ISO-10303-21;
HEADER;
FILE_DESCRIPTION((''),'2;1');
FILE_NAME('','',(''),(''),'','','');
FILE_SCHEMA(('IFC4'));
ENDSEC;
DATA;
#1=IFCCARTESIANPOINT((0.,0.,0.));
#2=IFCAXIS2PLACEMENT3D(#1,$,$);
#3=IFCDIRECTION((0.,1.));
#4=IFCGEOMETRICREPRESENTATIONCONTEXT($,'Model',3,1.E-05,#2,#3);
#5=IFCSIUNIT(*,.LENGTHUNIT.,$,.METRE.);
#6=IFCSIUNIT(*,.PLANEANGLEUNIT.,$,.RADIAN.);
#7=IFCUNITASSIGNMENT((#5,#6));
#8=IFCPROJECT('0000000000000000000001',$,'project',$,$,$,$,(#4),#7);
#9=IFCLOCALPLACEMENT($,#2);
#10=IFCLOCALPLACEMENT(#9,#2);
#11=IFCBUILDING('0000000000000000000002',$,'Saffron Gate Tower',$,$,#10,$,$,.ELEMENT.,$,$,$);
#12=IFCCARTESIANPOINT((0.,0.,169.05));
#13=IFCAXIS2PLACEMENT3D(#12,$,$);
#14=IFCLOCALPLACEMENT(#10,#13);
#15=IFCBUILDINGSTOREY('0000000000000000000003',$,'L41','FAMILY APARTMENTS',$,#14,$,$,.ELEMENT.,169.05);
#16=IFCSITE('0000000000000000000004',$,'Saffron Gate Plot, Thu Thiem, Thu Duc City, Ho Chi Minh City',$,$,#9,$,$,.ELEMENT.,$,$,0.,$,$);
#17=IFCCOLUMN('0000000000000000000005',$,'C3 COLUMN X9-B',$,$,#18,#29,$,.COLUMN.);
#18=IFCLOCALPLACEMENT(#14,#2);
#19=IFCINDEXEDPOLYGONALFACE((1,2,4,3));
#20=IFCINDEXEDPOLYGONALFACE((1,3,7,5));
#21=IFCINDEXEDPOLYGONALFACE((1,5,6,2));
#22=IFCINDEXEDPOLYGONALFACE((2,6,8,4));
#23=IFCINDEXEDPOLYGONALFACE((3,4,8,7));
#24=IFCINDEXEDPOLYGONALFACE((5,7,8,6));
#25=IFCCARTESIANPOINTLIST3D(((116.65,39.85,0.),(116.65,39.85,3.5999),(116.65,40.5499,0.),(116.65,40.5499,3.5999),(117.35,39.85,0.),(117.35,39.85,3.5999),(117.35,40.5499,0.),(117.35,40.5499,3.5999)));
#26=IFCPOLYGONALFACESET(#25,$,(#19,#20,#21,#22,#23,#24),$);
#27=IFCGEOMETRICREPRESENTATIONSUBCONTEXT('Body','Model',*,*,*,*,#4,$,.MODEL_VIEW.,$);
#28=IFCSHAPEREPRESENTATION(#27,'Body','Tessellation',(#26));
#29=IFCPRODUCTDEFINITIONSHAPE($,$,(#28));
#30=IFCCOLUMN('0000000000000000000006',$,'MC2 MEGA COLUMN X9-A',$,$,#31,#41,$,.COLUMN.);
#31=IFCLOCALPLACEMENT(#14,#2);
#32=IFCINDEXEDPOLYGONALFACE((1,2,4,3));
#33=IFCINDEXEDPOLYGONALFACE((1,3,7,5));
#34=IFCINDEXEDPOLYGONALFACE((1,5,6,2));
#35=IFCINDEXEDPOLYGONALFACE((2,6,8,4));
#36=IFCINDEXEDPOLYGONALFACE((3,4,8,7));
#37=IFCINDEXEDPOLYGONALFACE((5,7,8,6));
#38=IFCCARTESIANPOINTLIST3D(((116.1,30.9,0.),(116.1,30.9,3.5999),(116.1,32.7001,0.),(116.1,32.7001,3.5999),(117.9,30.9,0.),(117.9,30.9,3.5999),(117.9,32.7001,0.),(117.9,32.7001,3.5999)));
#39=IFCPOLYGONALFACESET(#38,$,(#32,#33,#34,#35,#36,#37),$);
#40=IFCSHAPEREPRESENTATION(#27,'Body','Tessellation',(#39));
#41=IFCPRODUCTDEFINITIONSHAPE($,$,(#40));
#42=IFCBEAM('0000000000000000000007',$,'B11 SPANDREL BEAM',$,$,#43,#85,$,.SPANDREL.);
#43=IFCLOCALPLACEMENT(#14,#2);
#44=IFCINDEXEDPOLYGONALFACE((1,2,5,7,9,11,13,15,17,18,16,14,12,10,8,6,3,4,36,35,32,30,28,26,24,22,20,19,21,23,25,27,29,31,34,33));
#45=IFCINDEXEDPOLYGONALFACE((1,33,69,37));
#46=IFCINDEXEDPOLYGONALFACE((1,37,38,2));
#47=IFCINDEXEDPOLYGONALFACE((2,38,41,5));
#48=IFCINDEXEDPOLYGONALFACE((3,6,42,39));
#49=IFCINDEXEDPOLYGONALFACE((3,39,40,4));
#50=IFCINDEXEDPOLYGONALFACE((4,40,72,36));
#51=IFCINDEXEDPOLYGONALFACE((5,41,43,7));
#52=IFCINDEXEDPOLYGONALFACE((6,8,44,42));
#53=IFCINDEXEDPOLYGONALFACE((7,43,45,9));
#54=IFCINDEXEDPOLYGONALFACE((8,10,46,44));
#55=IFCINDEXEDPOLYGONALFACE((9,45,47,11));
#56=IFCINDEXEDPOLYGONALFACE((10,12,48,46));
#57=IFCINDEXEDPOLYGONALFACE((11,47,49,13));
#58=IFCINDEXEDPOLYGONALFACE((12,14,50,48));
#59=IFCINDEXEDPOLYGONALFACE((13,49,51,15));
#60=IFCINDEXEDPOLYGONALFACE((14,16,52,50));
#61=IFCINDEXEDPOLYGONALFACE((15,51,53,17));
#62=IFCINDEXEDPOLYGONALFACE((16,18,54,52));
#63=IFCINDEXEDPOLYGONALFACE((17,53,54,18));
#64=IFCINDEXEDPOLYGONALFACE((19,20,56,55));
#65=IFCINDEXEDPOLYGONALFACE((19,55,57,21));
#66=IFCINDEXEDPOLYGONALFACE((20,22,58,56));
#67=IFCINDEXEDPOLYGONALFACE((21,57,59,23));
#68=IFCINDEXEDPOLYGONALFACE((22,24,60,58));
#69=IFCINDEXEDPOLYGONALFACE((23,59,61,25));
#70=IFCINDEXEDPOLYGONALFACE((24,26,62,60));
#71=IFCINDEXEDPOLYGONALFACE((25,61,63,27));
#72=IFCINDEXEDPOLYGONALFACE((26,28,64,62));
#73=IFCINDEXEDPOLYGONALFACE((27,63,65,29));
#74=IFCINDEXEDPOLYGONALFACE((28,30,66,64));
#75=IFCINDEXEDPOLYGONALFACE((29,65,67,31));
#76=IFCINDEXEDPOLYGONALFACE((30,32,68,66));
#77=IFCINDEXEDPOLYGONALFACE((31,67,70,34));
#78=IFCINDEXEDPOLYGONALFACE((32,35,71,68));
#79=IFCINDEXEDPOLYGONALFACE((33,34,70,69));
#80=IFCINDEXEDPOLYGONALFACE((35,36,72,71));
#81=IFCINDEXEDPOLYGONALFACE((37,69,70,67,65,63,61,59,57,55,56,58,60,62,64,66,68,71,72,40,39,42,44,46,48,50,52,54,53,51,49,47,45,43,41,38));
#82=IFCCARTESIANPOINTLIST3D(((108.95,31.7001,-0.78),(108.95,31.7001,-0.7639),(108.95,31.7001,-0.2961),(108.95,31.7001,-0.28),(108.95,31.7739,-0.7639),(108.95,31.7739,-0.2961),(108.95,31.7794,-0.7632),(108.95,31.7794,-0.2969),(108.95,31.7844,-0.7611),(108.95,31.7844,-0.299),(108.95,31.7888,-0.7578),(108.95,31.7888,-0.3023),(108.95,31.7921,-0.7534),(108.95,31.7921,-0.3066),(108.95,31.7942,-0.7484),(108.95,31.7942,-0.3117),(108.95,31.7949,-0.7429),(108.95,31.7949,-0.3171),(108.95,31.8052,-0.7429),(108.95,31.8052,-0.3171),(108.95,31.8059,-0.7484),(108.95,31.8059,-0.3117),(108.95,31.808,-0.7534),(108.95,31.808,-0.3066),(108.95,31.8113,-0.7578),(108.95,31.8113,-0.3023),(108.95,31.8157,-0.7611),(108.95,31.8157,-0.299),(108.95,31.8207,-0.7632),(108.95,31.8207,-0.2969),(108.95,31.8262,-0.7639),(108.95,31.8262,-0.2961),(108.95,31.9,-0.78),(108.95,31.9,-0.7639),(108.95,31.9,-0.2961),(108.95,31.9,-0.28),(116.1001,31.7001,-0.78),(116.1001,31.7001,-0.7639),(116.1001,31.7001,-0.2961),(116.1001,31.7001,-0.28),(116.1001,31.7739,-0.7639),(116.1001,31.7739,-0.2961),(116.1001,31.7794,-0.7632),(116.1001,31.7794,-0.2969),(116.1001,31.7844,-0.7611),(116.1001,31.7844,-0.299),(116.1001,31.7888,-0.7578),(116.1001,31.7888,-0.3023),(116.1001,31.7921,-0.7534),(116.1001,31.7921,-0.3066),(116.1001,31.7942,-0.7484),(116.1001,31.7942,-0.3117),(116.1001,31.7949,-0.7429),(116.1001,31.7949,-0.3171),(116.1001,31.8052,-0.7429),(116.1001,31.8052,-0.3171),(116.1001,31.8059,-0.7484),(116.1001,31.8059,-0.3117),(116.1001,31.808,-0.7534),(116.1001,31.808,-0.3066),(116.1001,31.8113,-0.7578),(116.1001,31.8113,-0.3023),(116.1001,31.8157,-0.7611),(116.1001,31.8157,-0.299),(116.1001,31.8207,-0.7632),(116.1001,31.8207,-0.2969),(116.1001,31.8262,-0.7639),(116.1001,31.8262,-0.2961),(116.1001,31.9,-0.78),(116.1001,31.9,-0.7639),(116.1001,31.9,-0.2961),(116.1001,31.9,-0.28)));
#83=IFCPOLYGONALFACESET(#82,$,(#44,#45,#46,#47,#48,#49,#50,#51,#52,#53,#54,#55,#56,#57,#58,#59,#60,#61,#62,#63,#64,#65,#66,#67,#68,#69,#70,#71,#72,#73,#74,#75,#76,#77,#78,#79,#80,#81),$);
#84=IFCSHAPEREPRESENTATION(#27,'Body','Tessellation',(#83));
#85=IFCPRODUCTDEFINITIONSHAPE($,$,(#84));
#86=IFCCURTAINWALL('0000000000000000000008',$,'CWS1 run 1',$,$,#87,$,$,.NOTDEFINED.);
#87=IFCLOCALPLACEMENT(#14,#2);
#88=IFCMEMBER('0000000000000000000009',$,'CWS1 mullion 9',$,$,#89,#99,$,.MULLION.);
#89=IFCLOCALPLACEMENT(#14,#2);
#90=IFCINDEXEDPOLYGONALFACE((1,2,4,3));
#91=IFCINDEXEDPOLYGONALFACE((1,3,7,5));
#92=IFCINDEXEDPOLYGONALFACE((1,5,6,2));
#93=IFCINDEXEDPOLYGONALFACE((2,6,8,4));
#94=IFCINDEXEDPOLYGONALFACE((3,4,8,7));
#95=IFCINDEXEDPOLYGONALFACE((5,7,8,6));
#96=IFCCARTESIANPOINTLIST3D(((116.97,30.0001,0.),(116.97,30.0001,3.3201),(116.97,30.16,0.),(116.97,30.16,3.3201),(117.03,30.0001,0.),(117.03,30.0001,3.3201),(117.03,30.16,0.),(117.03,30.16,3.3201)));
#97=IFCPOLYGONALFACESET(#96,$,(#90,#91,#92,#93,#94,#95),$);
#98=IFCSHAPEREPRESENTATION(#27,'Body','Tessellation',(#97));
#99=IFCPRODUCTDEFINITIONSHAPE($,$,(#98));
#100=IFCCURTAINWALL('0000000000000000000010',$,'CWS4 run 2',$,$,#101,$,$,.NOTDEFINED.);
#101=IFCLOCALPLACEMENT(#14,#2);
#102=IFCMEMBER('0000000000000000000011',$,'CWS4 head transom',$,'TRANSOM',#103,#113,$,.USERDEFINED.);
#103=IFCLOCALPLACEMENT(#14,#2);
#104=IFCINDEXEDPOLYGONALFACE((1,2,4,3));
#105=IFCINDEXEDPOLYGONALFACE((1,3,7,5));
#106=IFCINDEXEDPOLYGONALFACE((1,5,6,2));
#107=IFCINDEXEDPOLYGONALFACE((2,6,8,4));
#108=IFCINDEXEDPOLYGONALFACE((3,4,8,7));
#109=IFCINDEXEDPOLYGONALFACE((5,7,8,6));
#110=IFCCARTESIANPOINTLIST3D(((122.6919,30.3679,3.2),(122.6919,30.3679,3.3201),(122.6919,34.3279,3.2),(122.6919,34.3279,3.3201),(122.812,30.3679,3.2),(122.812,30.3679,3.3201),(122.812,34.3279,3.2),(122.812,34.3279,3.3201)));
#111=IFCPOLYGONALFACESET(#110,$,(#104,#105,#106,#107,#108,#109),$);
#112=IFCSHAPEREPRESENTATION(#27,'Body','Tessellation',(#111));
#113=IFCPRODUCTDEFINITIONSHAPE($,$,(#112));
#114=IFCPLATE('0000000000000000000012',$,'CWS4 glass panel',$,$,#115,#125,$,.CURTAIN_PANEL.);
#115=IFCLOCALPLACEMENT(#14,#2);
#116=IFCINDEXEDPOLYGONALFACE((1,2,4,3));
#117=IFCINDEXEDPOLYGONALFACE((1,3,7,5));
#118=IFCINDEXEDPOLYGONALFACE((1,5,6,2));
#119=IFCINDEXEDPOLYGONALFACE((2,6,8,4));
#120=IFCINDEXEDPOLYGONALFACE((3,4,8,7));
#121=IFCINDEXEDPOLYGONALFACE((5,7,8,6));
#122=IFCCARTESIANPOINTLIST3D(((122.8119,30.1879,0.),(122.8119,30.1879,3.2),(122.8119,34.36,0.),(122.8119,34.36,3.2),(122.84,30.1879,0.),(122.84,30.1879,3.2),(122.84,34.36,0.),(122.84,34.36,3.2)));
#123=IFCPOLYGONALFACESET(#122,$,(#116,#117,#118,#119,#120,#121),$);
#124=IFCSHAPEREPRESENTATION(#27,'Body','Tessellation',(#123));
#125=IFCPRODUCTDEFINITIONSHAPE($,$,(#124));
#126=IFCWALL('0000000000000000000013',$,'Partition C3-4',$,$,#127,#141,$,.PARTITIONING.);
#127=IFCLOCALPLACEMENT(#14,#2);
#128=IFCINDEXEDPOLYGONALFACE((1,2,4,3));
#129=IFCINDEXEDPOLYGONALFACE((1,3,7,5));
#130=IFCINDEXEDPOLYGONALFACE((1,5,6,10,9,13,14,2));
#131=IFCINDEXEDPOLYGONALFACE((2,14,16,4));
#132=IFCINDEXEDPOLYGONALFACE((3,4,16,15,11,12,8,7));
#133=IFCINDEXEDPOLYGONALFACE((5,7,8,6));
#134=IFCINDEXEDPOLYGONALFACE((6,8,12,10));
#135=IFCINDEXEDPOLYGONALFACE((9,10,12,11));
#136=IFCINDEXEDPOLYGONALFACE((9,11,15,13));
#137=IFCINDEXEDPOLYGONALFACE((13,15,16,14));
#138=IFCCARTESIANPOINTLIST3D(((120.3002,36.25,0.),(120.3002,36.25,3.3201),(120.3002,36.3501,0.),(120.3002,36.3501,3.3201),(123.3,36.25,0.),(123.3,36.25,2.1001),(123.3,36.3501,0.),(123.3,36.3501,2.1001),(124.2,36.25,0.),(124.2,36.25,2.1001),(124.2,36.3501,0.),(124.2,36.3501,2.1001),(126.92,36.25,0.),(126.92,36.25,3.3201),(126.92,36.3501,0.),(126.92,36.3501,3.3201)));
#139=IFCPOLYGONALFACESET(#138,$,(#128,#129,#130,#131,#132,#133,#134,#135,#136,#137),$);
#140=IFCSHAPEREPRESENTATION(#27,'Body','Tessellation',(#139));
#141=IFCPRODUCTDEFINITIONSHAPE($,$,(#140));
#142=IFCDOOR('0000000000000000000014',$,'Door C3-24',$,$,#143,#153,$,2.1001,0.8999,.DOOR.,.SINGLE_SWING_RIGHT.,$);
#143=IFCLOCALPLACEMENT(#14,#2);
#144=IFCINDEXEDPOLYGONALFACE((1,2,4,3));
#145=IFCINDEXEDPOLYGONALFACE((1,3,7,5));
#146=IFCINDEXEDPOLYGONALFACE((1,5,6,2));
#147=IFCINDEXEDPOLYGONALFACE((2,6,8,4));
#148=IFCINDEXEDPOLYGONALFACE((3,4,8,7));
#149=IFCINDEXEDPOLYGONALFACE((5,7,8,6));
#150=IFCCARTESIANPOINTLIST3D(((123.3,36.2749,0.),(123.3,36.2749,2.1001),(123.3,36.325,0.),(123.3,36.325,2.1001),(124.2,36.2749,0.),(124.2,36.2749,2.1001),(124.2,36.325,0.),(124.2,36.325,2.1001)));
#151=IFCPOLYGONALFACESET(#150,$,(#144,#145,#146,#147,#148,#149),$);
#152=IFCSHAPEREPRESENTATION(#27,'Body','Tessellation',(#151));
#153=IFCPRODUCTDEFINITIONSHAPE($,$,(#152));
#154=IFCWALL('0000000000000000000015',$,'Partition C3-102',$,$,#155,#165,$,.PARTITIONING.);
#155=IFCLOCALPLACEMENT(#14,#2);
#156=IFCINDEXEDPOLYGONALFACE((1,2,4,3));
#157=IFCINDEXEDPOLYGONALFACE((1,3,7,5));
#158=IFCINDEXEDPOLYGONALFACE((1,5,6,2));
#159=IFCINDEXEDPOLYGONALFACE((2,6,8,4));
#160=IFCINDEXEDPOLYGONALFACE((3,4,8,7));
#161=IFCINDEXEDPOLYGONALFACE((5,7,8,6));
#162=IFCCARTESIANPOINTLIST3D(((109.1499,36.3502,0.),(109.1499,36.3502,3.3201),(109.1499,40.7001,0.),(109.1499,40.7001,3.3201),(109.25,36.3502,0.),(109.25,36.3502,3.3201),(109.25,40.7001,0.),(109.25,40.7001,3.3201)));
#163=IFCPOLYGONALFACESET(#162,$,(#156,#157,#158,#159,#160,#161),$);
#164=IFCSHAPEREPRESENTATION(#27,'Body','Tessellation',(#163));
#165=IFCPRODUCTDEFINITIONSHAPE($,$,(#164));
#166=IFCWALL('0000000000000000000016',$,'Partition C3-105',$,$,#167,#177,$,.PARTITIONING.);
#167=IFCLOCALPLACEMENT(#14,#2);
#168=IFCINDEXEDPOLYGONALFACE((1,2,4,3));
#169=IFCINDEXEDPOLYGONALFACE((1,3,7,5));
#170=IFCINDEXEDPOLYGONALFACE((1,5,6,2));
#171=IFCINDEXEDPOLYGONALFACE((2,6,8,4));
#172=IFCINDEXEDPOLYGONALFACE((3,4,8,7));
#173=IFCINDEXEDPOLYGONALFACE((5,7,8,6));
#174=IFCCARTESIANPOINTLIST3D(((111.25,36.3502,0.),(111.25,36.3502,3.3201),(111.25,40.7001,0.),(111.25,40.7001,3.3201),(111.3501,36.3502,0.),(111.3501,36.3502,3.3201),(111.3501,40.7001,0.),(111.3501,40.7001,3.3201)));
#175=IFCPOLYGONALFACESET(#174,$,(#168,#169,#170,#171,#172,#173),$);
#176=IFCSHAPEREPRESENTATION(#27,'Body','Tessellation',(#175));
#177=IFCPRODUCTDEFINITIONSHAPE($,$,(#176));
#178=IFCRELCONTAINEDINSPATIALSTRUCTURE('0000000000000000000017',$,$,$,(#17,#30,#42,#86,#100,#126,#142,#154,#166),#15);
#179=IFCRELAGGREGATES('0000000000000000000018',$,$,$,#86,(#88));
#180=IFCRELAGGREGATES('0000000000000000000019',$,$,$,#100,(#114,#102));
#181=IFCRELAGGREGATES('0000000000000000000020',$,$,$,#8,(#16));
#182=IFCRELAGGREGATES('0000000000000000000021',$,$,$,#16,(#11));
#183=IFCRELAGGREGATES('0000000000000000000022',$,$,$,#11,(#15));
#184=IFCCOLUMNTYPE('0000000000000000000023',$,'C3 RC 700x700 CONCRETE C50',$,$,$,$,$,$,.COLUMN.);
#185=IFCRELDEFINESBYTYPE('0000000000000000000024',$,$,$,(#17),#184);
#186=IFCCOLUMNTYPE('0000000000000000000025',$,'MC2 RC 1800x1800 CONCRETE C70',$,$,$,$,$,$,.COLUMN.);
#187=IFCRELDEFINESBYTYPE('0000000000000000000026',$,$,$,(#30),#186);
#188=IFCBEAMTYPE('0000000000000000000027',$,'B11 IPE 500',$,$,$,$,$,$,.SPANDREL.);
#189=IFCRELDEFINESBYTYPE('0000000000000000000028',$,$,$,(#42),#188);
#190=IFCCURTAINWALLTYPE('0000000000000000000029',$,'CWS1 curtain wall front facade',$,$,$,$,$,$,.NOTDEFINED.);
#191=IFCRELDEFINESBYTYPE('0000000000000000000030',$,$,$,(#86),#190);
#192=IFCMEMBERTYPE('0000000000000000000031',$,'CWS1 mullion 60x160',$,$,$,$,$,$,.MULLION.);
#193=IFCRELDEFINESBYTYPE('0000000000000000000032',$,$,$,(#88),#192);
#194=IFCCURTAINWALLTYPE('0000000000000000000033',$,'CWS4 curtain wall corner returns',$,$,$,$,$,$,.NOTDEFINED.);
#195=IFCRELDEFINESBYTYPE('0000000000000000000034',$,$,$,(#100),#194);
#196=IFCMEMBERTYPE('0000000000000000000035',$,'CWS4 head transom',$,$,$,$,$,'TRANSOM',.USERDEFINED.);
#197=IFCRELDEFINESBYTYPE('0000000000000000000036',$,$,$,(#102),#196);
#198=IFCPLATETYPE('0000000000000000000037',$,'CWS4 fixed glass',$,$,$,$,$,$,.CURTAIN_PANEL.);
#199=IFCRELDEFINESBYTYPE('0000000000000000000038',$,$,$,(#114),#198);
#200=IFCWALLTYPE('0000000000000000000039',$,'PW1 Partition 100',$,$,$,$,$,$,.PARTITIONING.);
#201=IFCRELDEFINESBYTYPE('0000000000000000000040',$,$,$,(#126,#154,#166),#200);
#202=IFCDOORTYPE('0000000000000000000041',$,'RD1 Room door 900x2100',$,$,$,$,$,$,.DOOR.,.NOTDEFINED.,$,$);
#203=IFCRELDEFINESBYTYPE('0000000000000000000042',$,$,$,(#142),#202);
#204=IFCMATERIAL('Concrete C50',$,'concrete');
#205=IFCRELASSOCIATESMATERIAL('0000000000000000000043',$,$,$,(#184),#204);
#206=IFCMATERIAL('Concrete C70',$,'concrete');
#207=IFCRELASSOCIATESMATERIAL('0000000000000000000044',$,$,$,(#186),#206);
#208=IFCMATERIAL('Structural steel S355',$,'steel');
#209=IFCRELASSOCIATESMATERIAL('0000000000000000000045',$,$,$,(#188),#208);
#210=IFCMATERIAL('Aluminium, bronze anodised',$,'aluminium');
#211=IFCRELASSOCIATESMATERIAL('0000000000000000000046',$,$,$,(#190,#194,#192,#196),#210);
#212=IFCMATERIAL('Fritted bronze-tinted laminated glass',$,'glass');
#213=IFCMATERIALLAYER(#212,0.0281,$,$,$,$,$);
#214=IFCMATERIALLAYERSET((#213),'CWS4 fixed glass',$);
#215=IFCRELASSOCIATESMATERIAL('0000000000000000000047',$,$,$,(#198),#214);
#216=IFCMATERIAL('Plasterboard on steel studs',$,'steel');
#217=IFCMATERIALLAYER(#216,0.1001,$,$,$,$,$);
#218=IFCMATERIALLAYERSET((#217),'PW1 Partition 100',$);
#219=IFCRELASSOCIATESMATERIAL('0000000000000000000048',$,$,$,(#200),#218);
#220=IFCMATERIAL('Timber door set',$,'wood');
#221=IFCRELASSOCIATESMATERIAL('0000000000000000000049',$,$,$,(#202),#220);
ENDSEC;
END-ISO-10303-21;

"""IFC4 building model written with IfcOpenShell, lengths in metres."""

from ifc_helpers import new_model, si_unit, direction, frame, frame_2d, origin, origin_2d, place, context, subcontext, project, spatial, rectangle, i_section, extrude, material, layer, layer_set, material_profile, profile_set, type_object, element, fill, aggregate, save


model = new_model("IFC4")

# Units and contexts
model_context = context("Model", 3, precision=1e-05, world=origin(), true_north=direction((0.0, 1.0)))
body_context = subcontext(model_context, "Body", "Model", "MODEL_VIEW")
ifc_project = project(units=[si_unit("LENGTHUNIT", "METRE"), si_unit("PLANEANGLEUNIT", "RADIAN")], contexts=[model_context])

# Site, building, storey
site_placement = place(None, origin())
site = spatial("IfcSite", under=ifc_project, at=site_placement, Name="Saffron Gate Plot, Thu Thiem, Thu Duc City, Ho Chi Minh City", CompositionType="ELEMENT", RefElevation=0.0)
building_placement = place(site_placement, origin())
building = spatial("IfcBuilding", under=site, at=building_placement, Name="Saffron Gate Tower", CompositionType="ELEMENT")
storey_placement = place(building_placement, frame((0.0, 0.0, 169.05)))
storey = spatial("IfcBuildingStorey", under=building, at=storey_placement, Name="L41", Description="FAMILY APARTMENTS", CompositionType="ELEMENT", Elevation=169.05)

# Columns
ifc_material_1 = material(Name="Concrete C50", Category="concrete")
ifc_material_profile_1 = material_profile(ifc_material_1, rectangle(XDim=0.7, YDim=0.7, at=origin_2d()))
ifc_profile_set_1 = profile_set([ifc_material_profile_1], Name="Concrete C50")
column_type_1 = type_object("IfcColumnType", Name="C3 RC 700x700 CONCRETE C50", PredefinedType="COLUMN", material=ifc_profile_set_1)
column_1_placement = place(storey_placement, frame((117.0, 40.2, 0.0), z_axis=(0.0, 0.0, 1.0), x_axis=(1.0, 0.0, 0.0)))
element("IfcColumn", 1, at=column_1_placement, inside=storey, type_object=column_type_1, Name="C3 COLUMN X9-B", PredefinedType="COLUMN", context=body_context, shape_type="SweptSolid", body=[
    extrude(rectangle(XDim=0.7, YDim=0.7, at=origin_2d()), origin(), (0.0, 0.0, 1.0), 3.5999),
])
ifc_material_2 = material(Name="Concrete C70", Category="concrete")
ifc_material_profile_2 = material_profile(ifc_material_2, rectangle(XDim=1.8, YDim=1.8, at=origin_2d()))
ifc_profile_set_2 = profile_set([ifc_material_profile_2], Name="Concrete C70")
column_type_2 = type_object("IfcColumnType", Name="MC2 RC 1800x1800 CONCRETE C70", PredefinedType="COLUMN", material=ifc_profile_set_2)
column_2_placement = place(storey_placement, frame((117.0, 31.8, 0.0), z_axis=(0.0, 0.0, 1.0), x_axis=(1.0, 0.0, 0.0)))
element("IfcColumn", 2, at=column_2_placement, inside=storey, type_object=column_type_2, Name="MC2 MEGA COLUMN X9-A", PredefinedType="COLUMN", context=body_context, shape_type="SweptSolid", body=[
    extrude(rectangle(XDim=1.8, YDim=1.8, at=origin_2d()), origin(), (0.0, 0.0, 1.0), 3.5999),
])

# Beam
ifc_material_3 = material(Name="Structural steel S355", Category="steel")
ifc_material_profile_3 = material_profile(ifc_material_3, i_section(OverallWidth=0.2, OverallDepth=0.5, WebThickness=0.0103, FlangeThickness=0.0161, FilletRadius=0.021, at=origin_2d()))
ifc_profile_set_3 = profile_set([ifc_material_profile_3], Name="Structural steel S355")
beam_type = type_object("IfcBeamType", Name="B11 IPE 500", PredefinedType="SPANDREL", material=ifc_profile_set_3)
beam_placement = place(storey_placement, frame((108.95, 31.8, -0.53), z_axis=(1.0, 0.0, 0.0), x_axis=(0.0, 1.0, 0.0)))
element("IfcBeam", 3, at=beam_placement, inside=storey, type_object=beam_type, Name="B11 SPANDREL BEAM", PredefinedType="SPANDREL", context=body_context, shape_type="SweptSolid", body=[
    extrude(i_section(OverallWidth=0.2, OverallDepth=0.5, WebThickness=0.0103, FlangeThickness=0.0161, FilletRadius=0.021, at=origin_2d()), origin(), (0.0, 0.0, 1.0), 7.1501),
])

# Curtain wall, member
ifc_material_4 = material(Name="Aluminium, bronze anodised", Category="aluminium")
curtain_wall_type_1 = type_object("IfcCurtainWallType", Name="CWS1 curtain wall front facade", PredefinedType="NOTDEFINED", material=ifc_material_4)
curtain_wall_1_placement = place(storey_placement, origin())
curtain_wall_1 = element("IfcCurtainWall", 4, at=curtain_wall_1_placement, inside=storey, type_object=curtain_wall_type_1, Name="CWS1 run 1", PredefinedType="NOTDEFINED")
ifc_material_profile_4 = material_profile(ifc_material_4, rectangle(XDim=0.1599, YDim=0.0601, at=origin_2d()))
ifc_profile_set_4 = profile_set([ifc_material_profile_4], Name="Aluminium, bronze anodised")
member_type_1 = type_object("IfcMemberType", Name="CWS1 mullion 60x160", PredefinedType="MULLION", material=ifc_profile_set_4)
member_1_placement = place(storey_placement, frame((117.0, 30.0801, 0.0), z_axis=(0.0, 0.0, 1.0), x_axis=(0.0, 1.0, 0.0)))
member_1 = element("IfcMember", 5, at=member_1_placement, type_object=member_type_1, Name="CWS1 mullion 9", PredefinedType="MULLION", context=body_context, shape_type="SweptSolid", body=[
    extrude(rectangle(XDim=0.1599, YDim=0.0601, at=origin_2d()), origin(), (0.0, 0.0, 1.0), 3.3201),
])
aggregate(curtain_wall_1, [member_1])

# Curtain wall, member, plate
curtain_wall_type_2 = type_object("IfcCurtainWallType", Name="CWS4 curtain wall corner returns", PredefinedType="NOTDEFINED", material=ifc_material_4)
curtain_wall_2_placement = place(storey_placement, origin())
curtain_wall_2 = element("IfcCurtainWall", 6, at=curtain_wall_2_placement, inside=storey, type_object=curtain_wall_type_2, Name="CWS4 run 2", PredefinedType="NOTDEFINED")
ifc_material_profile_5 = material_profile(ifc_material_4, rectangle(XDim=0.1201, YDim=0.1201, at=origin_2d()))
ifc_profile_set_5 = profile_set([ifc_material_profile_5], Name="Aluminium, bronze anodised")
member_type_2 = type_object("IfcMemberType", Name="CWS4 head transom", ElementType="TRANSOM", PredefinedType="USERDEFINED", material=ifc_profile_set_5)
member_2_placement = place(storey_placement, frame((122.752, 30.3679, 3.26), z_axis=(0.0, 1.0, 0.0), x_axis=(-1.0, 0.0, 0.0)))
member_2 = element("IfcMember", 7, at=member_2_placement, type_object=member_type_2, Name="CWS4 head transom", ObjectType="TRANSOM", PredefinedType="USERDEFINED", context=body_context, shape_type="SweptSolid", body=[
    extrude(rectangle(XDim=0.1201, YDim=0.1201, at=origin_2d()), origin(), (0.0, 0.0, 1.0), 3.96),
])
ifc_material_5 = material(Name="Fritted bronze-tinted laminated glass", Category="glass")
ifc_layer_1 = layer(ifc_material_5, 0.0281)
ifc_layer_set_1 = layer_set([ifc_layer_1], Name="CWS4 fixed glass")
plate_type = type_object("IfcPlateType", Name="CWS4 fixed glass", PredefinedType="CURTAIN_PANEL", material=ifc_layer_set_1)
plate_placement = place(storey_placement, frame((122.8259, 30.188, 0.0), z_axis=(0.0, 0.0, 1.0), x_axis=(0.0, 1.0, 0.0)))
plate = element("IfcPlate", 8, at=plate_placement, type_object=plate_type, Name="CWS4 glass panel", PredefinedType="CURTAIN_PANEL", context=body_context, shape_type="SweptSolid", body=[
    extrude(rectangle(XDim=4.1721, YDim=0.0281, at=frame_2d((2.0859, 0.0))), origin(), (0.0, 0.0, 1.0), 3.2),
])
aggregate(curtain_wall_2, [plate, member_2])

# Wall, opening, door
ifc_material_6 = material(Name="Plasterboard on steel studs", Category="steel")
ifc_layer_2 = layer(ifc_material_6, 0.1001)
ifc_layer_set_2 = layer_set([ifc_layer_2], Name="PW1 Partition 100")
wall_type = type_object("IfcWallType", Name="PW1 Partition 100", PredefinedType="PARTITIONING", material=ifc_layer_set_2)
wall_1_placement = place(storey_placement, frame((120.3, 36.3, 0.0), z_axis=(0.0, 0.0, 1.0), x_axis=(1.0, 0.0, 0.0)))
wall_1 = element("IfcWall", 9, at=wall_1_placement, inside=storey, type_object=wall_type, Name="Partition C3-4", PredefinedType="PARTITIONING", context=body_context, shape_type="SweptSolid", body=[
    extrude(rectangle(XDim=6.6199, YDim=0.1001, at=frame_2d((3.3101, 0.0))), origin(), (0.0, 0.0, 1.0), 3.3201),
])
opening_placement = place(wall_1_placement, frame((3.0, 0.0, 0.0)))
opening = element("IfcOpeningElement", 10, at=opening_placement, cuts=wall_1, PredefinedType="OPENING", context=body_context, shape_type="SweptSolid", body=[
    extrude(rectangle(XDim=0.8999, YDim=2.1001, at=frame_2d((0.45, 1.05))), frame((0.0, 0.0601, 0.0), z_axis=(0.0, -1.0, 0.0), x_axis=(1.0, 0.0, 0.0)), (0.0, 0.0, 1.0), 0.1201),
])
ifc_material_7 = material(Name="Timber door set", Category="wood")
door_type = type_object("IfcDoorType", Name="RD1 Room door 900x2100", OperationType="NOTDEFINED", PredefinedType="DOOR", material=ifc_material_7)
door_placement = place(opening_placement, origin())
door = element("IfcDoor", 11, at=door_placement, inside=storey, type_object=door_type, Name="Door C3-24", OperationType="SINGLE_SWING_RIGHT", OverallHeight=2.1001, OverallWidth=0.8999, PredefinedType="DOOR", context=body_context, shape_type="SweptSolid", body=[
    extrude(rectangle(XDim=0.8999, YDim=2.1001, at=frame_2d((0.45, 1.05))), frame((0.0, 0.0249, 0.0), z_axis=(0.0, -1.0, 0.0), x_axis=(1.0, 0.0, 0.0)), (0.0, 0.0, 1.0), 0.05),
])
fill(opening, door)

# Walls
for number, where, z_axis, x_axis, name in (
    (12, (109.2, 40.7, 0.0), (0.0, 0.0, 1.0), (0.0, -1.0, 0.0), "Partition C3-102"),
    (13, (111.3, 40.7, 0.0), (0.0, 0.0, 1.0), (0.0, -1.0, 0.0), "Partition C3-105"),
):
    element("IfcWall", number, at=place(storey_placement, frame(where, z_axis=z_axis, x_axis=x_axis)), inside=storey, type_object=wall_type, Name=name, PredefinedType="PARTITIONING", context=body_context, shape_type="SweptSolid", body=[
        extrude(rectangle(XDim=4.3499, YDim=0.1001, at=frame_2d((2.1748, 0.0))), origin(), (0.0, 0.0, 1.0), 3.3201),
    ])

save(model, "model.ifc")
